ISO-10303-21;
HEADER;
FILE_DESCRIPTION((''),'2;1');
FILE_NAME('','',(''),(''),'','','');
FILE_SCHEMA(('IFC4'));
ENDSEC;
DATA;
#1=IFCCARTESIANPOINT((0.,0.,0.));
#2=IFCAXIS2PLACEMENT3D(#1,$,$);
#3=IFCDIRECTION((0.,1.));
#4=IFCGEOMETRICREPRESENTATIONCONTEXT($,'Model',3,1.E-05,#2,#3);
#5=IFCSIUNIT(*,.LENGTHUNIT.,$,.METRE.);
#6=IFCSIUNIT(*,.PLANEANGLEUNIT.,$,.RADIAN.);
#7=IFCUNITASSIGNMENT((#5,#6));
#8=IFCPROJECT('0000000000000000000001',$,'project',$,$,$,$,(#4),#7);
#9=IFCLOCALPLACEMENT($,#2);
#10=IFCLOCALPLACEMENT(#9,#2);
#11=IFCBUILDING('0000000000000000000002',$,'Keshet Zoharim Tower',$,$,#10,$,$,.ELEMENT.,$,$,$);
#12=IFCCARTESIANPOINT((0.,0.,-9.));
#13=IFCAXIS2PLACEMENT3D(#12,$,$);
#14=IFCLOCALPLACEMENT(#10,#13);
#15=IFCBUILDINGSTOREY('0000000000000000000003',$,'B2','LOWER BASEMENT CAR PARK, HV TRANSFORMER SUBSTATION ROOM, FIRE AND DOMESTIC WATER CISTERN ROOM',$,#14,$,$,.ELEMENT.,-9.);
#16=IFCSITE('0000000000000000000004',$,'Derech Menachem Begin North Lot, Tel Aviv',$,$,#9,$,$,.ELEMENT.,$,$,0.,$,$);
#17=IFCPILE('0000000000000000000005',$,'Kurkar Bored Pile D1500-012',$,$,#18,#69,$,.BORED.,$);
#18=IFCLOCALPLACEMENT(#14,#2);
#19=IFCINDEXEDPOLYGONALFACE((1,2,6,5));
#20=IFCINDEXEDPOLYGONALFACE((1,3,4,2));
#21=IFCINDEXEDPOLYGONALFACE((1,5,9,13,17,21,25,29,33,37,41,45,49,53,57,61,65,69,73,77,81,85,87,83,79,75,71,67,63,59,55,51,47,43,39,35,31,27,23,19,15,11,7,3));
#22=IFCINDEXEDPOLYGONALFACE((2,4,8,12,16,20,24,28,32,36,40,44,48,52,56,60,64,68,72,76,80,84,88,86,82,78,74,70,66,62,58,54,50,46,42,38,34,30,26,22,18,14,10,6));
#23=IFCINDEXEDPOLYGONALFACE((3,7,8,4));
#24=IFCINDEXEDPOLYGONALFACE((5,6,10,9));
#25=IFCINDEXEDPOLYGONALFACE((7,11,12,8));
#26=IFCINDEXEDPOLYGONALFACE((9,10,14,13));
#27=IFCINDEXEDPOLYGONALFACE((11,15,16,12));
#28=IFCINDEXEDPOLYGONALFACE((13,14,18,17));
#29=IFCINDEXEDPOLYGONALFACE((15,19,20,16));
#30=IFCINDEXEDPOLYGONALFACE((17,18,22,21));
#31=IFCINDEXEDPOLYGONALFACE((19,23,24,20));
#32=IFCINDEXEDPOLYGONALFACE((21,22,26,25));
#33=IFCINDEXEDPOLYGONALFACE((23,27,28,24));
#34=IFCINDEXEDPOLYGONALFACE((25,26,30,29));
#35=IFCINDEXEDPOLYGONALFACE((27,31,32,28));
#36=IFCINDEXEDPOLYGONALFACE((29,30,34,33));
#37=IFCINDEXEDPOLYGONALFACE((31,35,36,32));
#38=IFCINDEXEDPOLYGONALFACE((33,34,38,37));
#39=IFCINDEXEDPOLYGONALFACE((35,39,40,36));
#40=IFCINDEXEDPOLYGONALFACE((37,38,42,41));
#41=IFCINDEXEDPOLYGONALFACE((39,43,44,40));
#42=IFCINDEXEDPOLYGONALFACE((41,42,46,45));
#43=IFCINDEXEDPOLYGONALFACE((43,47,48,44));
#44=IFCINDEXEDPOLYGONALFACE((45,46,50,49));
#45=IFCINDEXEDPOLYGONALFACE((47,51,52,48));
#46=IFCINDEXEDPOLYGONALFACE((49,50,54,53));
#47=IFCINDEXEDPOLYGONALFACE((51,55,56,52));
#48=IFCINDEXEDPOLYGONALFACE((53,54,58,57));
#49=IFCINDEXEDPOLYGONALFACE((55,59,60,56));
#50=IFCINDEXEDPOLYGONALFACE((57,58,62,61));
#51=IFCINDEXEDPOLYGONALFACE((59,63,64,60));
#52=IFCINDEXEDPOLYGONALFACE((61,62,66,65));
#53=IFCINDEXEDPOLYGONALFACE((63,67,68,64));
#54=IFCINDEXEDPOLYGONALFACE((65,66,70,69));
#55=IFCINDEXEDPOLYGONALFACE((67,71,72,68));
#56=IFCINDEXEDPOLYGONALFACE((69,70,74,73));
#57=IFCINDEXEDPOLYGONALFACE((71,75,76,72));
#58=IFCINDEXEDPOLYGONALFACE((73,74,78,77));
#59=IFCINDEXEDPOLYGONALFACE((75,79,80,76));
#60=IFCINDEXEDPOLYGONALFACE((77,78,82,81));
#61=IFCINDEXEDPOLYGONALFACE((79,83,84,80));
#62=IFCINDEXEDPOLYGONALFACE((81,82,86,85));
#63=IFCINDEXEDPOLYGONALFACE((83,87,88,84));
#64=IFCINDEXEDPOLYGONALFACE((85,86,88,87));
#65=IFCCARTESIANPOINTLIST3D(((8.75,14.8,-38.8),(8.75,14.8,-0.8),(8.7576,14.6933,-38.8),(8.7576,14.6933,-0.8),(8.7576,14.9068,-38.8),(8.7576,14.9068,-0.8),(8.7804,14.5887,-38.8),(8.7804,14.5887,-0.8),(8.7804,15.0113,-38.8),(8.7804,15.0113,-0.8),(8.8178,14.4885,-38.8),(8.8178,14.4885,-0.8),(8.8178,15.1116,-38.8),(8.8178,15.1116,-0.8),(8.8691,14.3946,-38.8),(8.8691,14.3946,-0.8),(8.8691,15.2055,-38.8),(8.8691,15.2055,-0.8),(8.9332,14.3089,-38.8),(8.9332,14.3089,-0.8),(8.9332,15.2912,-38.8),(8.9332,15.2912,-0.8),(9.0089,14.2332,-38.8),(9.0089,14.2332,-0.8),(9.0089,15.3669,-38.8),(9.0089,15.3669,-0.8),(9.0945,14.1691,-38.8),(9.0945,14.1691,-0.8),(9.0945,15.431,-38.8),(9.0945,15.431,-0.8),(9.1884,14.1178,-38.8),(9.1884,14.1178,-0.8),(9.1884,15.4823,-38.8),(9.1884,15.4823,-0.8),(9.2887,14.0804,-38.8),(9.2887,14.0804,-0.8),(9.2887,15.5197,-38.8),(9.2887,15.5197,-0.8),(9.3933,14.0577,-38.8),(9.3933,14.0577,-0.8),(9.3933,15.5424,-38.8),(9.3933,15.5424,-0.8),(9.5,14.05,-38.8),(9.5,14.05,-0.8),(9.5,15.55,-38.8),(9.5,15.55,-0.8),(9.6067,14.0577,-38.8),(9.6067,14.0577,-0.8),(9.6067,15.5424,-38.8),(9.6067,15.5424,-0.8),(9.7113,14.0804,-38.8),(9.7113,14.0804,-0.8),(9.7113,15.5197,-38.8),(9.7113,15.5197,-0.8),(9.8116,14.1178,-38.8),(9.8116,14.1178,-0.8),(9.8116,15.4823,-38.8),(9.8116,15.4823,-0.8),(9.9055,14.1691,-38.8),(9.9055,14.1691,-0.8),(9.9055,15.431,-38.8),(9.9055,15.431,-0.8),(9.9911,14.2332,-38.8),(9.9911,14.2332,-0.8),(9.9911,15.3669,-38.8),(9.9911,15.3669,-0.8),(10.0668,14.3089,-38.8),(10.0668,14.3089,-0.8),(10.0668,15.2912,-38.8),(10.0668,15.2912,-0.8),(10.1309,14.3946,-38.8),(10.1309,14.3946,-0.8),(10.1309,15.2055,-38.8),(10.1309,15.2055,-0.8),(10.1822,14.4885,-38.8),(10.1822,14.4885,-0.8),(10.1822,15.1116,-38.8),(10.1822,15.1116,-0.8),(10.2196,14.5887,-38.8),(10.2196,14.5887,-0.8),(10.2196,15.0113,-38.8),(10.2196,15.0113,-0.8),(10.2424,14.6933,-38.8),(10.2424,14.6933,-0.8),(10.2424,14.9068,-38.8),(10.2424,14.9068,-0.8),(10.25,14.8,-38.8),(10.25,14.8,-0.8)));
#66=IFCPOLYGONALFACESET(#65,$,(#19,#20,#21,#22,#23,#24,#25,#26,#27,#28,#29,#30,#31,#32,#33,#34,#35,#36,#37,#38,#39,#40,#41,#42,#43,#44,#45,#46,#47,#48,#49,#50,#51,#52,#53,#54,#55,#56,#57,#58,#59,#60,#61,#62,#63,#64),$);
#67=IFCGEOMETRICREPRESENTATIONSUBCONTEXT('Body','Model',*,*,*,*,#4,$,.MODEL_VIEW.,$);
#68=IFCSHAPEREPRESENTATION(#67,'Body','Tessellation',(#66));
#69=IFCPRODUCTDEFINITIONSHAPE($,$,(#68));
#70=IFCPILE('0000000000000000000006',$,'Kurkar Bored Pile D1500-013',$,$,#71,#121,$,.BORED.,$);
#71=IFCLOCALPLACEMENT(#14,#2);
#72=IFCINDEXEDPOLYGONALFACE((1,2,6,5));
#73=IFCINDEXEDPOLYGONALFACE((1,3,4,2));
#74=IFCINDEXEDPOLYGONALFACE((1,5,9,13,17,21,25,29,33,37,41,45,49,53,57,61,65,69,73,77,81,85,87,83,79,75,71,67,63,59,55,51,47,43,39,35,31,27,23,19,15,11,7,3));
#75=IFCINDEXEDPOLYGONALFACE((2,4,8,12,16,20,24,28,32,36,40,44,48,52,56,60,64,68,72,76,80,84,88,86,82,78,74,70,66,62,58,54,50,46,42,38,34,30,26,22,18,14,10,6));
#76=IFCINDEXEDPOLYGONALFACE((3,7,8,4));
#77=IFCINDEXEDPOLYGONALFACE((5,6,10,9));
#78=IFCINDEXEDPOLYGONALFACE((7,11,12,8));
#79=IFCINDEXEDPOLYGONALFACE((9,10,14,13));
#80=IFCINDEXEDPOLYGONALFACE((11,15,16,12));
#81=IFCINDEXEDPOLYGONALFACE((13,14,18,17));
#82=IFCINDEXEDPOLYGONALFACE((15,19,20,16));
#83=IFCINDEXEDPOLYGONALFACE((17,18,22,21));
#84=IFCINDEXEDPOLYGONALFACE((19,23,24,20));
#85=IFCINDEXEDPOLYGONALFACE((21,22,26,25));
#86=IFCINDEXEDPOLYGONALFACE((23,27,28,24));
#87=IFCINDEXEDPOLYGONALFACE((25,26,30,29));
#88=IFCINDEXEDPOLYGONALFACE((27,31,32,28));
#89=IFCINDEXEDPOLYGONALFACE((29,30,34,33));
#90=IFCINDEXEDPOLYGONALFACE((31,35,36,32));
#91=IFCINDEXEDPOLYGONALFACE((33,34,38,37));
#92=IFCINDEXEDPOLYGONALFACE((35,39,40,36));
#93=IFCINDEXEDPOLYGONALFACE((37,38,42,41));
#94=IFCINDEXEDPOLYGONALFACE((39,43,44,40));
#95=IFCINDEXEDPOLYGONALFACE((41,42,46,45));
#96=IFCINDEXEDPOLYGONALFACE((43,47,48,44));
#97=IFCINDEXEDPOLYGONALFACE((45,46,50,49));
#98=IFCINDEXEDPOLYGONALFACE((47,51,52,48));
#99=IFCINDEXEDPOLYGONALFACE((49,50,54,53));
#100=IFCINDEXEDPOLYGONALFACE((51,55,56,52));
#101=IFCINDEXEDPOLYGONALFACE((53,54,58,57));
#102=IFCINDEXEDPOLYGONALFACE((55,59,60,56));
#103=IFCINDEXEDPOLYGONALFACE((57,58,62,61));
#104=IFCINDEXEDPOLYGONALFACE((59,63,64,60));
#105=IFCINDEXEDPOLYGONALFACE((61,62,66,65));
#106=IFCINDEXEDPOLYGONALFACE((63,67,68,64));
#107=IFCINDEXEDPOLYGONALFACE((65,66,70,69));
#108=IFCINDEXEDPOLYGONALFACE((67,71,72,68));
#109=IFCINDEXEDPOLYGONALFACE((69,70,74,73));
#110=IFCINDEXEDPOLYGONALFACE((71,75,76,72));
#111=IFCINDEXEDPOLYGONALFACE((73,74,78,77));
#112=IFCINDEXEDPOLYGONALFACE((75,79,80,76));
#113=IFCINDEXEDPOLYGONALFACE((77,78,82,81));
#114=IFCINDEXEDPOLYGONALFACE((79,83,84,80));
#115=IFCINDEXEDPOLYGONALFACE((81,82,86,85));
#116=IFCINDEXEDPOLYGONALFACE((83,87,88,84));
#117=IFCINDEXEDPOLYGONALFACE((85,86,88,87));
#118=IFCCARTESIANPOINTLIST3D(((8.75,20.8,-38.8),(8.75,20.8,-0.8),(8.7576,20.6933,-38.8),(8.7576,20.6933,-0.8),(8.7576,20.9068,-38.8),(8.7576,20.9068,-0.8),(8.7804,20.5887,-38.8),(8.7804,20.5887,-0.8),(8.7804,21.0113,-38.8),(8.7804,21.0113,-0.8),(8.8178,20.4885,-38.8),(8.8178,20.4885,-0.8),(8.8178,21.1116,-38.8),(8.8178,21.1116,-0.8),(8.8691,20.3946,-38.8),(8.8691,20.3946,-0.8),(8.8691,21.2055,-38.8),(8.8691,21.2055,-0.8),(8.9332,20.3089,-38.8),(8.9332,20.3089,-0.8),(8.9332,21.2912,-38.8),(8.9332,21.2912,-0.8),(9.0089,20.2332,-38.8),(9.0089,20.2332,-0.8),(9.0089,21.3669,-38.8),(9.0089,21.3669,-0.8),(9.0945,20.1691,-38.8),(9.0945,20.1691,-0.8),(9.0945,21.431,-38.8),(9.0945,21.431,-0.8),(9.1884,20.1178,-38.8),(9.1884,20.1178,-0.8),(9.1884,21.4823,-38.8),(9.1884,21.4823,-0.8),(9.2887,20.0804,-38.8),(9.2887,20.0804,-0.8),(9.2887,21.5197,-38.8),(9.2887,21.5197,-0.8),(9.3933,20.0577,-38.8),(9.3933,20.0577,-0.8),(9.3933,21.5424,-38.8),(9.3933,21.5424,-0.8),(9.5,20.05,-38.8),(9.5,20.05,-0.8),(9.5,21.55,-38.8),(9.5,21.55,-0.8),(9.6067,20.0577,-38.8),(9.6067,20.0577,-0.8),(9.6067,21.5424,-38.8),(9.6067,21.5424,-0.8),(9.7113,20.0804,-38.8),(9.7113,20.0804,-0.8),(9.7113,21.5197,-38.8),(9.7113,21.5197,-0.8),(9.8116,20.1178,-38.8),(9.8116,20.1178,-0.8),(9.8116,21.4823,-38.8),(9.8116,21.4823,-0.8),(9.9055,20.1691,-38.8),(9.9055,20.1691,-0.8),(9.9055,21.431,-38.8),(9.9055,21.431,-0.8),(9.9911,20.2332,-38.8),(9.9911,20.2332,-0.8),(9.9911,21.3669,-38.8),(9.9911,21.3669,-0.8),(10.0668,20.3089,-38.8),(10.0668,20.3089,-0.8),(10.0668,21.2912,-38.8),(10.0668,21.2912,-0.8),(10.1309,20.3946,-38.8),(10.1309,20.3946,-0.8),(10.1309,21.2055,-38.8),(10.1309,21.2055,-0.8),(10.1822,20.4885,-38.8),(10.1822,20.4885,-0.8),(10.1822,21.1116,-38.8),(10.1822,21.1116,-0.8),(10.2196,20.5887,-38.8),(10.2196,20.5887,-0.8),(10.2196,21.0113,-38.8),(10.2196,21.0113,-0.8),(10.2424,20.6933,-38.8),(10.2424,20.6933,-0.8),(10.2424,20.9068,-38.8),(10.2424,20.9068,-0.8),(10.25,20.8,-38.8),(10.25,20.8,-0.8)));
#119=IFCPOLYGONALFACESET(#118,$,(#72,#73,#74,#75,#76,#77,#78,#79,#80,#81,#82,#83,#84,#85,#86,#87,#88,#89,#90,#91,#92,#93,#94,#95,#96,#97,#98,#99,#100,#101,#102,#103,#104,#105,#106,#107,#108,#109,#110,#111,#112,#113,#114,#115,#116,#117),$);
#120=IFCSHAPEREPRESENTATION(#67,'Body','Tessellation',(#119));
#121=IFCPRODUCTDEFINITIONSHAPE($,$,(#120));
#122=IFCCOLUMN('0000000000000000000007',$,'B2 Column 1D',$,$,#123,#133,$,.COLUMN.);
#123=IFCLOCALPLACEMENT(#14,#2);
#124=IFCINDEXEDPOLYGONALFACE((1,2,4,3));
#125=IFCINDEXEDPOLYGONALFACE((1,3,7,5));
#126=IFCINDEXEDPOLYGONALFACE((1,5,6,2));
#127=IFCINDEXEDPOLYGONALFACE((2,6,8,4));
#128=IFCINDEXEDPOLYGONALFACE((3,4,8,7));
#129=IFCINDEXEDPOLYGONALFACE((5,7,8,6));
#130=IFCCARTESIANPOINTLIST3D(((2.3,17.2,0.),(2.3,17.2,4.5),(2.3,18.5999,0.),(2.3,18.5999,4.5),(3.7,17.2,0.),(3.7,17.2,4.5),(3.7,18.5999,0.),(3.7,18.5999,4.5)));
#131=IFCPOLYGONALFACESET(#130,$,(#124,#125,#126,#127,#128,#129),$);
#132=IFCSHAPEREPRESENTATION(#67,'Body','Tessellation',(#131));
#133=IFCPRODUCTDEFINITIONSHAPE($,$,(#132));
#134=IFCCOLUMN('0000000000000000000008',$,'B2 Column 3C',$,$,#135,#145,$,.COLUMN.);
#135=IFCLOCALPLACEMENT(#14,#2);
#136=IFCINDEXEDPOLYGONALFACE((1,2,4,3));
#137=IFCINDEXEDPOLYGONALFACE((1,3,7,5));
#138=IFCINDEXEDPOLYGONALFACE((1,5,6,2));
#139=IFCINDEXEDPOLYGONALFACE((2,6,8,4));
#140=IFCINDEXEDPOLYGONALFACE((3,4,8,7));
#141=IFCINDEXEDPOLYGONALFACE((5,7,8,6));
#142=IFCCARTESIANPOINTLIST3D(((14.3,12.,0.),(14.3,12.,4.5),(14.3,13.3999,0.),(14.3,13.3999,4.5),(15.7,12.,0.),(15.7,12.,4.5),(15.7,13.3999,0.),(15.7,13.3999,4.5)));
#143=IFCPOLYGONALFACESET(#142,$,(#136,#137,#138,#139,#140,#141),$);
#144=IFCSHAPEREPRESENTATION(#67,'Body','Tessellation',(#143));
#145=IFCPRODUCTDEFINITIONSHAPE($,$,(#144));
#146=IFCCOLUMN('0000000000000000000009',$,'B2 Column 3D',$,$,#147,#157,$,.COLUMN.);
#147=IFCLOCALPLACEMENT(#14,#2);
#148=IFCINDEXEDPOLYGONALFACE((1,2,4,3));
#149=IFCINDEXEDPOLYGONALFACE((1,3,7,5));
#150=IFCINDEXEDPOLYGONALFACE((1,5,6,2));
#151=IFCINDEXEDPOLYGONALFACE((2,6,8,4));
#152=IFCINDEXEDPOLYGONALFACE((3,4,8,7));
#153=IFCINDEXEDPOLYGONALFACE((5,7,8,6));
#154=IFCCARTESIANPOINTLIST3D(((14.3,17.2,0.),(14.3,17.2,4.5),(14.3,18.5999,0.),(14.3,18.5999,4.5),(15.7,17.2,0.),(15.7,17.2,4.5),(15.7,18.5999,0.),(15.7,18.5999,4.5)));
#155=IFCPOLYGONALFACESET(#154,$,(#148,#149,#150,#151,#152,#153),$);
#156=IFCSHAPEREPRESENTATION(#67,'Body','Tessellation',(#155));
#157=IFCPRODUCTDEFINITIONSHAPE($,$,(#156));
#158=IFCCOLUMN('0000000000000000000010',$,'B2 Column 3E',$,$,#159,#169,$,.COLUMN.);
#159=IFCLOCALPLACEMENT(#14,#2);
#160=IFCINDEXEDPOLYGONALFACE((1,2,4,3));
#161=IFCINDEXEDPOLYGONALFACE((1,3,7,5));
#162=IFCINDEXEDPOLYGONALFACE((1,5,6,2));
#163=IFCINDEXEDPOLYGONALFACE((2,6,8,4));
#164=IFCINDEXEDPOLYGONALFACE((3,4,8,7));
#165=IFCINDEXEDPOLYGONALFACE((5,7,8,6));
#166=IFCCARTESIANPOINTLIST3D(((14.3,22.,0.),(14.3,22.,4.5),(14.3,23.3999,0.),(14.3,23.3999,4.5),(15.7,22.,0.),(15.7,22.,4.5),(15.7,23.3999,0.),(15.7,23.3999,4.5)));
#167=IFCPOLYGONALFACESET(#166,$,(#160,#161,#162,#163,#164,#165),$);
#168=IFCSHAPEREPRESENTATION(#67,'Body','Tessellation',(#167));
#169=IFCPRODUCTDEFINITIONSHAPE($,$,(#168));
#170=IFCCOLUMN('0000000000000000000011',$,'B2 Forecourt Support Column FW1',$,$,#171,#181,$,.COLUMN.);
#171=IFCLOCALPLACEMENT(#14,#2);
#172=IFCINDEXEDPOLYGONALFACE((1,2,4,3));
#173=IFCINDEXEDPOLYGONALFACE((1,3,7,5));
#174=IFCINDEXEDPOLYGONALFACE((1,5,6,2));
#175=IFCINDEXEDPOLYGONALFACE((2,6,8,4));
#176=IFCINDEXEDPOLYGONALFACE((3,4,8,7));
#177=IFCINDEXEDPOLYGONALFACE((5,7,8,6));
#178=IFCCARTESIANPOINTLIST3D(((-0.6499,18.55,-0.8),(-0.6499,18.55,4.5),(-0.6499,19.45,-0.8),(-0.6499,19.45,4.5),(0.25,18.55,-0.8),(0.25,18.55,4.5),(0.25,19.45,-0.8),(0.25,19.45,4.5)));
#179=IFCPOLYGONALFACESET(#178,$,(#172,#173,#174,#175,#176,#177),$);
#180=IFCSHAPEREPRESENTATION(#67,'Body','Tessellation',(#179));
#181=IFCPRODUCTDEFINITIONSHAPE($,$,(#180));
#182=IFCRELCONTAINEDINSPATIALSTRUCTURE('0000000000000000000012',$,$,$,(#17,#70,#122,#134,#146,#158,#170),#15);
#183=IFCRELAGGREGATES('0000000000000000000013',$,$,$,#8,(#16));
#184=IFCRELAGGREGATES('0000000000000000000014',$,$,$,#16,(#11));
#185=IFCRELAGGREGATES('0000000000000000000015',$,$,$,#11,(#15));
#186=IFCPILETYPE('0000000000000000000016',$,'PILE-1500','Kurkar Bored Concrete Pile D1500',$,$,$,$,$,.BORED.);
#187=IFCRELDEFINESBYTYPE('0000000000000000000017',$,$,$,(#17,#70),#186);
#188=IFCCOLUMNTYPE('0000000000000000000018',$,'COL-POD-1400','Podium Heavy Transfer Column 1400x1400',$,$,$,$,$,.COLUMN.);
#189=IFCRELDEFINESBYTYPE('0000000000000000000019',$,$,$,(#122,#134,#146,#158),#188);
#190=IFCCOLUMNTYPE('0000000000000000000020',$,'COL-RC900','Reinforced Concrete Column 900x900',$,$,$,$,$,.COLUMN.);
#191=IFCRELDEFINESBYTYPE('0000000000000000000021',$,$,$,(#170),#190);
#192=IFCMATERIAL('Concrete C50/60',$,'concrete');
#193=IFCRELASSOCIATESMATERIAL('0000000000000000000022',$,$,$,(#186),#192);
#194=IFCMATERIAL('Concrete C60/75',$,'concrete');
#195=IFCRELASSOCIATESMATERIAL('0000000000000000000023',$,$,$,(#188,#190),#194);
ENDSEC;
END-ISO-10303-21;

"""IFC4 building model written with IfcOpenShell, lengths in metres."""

from ifc_helpers import new_model, si_unit, direction, frame, origin, origin_2d, place, context, subcontext, project, spatial, rectangle, circle, extrude, material, material_profile, profile_set, type_object, element, save


model = new_model("IFC4")

# Units and contexts
model_context = context("Model", 3, precision=1e-05, world=origin(), true_north=direction((0.0, 1.0)))
body_context = subcontext(model_context, "Body", "Model", "MODEL_VIEW")
ifc_project = project(units=[si_unit("LENGTHUNIT", "METRE"), si_unit("PLANEANGLEUNIT", "RADIAN")], contexts=[model_context])

# Site, building, storey
site_placement = place(None, origin())
site = spatial("IfcSite", under=ifc_project, at=site_placement, Name="Derech Menachem Begin North Lot, Tel Aviv", CompositionType="ELEMENT", RefElevation=0.0)
building_placement = place(site_placement, origin())
building = spatial("IfcBuilding", under=site, at=building_placement, Name="Keshet Zoharim Tower", CompositionType="ELEMENT")
storey_placement = place(building_placement, frame((0.0, 0.0, -9.0)))
storey = spatial("IfcBuildingStorey", under=building, at=storey_placement, Name="B2", Description="LOWER BASEMENT CAR PARK, HV TRANSFORMER SUBSTATION ROOM, FIRE AND DOMESTIC WATER CISTERN ROOM", CompositionType="ELEMENT", Elevation=-9.0)

# Piles
ifc_material_1 = material(Name="Concrete C50/60", Category="concrete")
ifc_material_profile_1 = material_profile(ifc_material_1, circle(Radius=0.75, at=origin_2d()), Name="PILE-D1500")
ifc_profile_set_1 = profile_set([ifc_material_profile_1], Name="Concrete C50/60")
pile_type = type_object("IfcPileType", Name="PILE-1500", Description="Kurkar Bored Concrete Pile D1500", PredefinedType="BORED", material=ifc_profile_set_1)
for number, where, z_axis, x_axis, name in (
    (1, (9.5, 14.8, -0.8), (0.0, 0.0, -1.0), (1.0, 0.0, 0.0), "Kurkar Bored Pile D1500-012"),
    (2, (9.5, 20.8, -0.8), (0.0, 0.0, -1.0), (1.0, 0.0, 0.0), "Kurkar Bored Pile D1500-013"),
):
    element("IfcPile", number, at=place(storey_placement, frame(where, z_axis=z_axis, x_axis=x_axis)), inside=storey, type_object=pile_type, Name=name, PredefinedType="BORED", context=body_context, shape_type="SweptSolid", body=[
        extrude(circle(Radius=0.75, at=origin_2d()), origin(), (0.0, 0.0, 1.0), 38.0),
    ])

# Columns
ifc_material_2 = material(Name="Concrete C60/75", Category="concrete")
ifc_material_profile_2 = material_profile(ifc_material_2, rectangle(XDim=1.3999, YDim=1.3999, at=origin_2d()), Name="RC1400x1400")
ifc_profile_set_2 = profile_set([ifc_material_profile_2], Name="Concrete C60/75")
column_type_1 = type_object("IfcColumnType", Name="COL-POD-1400", Description="Podium Heavy Transfer Column 1400x1400", PredefinedType="COLUMN", material=ifc_profile_set_2)
for number, where, z_axis, x_axis, name in (
    (3, (3.0, 17.8999, 0.0), (0.0, 0.0, 1.0), (1.0, 0.0, 0.0), "B2 Column 1D"),
    (4, (15.0, 12.7, 0.0), (0.0, 0.0, 1.0), (1.0, 0.0, 0.0), "B2 Column 3C"),
    (5, (15.0, 17.8999, 0.0), (0.0, 0.0, 1.0), (1.0, 0.0, 0.0), "B2 Column 3D"),
    (6, (15.0, 22.7, 0.0), (0.0, 0.0, 1.0), (1.0, 0.0, 0.0), "B2 Column 3E"),
):
    element("IfcColumn", number, at=place(storey_placement, frame(where, z_axis=z_axis, x_axis=x_axis)), inside=storey, type_object=column_type_1, Name=name, PredefinedType="COLUMN", context=body_context, shape_type="SweptSolid", body=[
        extrude(rectangle(XDim=1.3999, YDim=1.3999, at=origin_2d()), origin(), (0.0, 0.0, 1.0), 4.5),
    ])
ifc_material_profile_3 = material_profile(ifc_material_2, rectangle(XDim=0.8999, YDim=0.8999, at=origin_2d()), Name="RC900x900")
ifc_profile_set_3 = profile_set([ifc_material_profile_3], Name="Concrete C60/75")
column_type_2 = type_object("IfcColumnType", Name="COL-RC900", Description="Reinforced Concrete Column 900x900", PredefinedType="COLUMN", material=ifc_profile_set_3)
column_placement = place(storey_placement, frame((-0.2, 19.0, -0.8), z_axis=(0.0, 0.0, 1.0), x_axis=(1.0, 0.0, 0.0)))
element("IfcColumn", 7, at=column_placement, inside=storey, type_object=column_type_2, Name="B2 Forecourt Support Column FW1", PredefinedType="COLUMN", context=body_context, shape_type="SweptSolid", body=[
    extrude(rectangle(XDim=0.8999, YDim=0.8999, at=origin_2d()), origin(), (0.0, 0.0, 1.0), 5.3),
])

save(model, "model.ifc")
